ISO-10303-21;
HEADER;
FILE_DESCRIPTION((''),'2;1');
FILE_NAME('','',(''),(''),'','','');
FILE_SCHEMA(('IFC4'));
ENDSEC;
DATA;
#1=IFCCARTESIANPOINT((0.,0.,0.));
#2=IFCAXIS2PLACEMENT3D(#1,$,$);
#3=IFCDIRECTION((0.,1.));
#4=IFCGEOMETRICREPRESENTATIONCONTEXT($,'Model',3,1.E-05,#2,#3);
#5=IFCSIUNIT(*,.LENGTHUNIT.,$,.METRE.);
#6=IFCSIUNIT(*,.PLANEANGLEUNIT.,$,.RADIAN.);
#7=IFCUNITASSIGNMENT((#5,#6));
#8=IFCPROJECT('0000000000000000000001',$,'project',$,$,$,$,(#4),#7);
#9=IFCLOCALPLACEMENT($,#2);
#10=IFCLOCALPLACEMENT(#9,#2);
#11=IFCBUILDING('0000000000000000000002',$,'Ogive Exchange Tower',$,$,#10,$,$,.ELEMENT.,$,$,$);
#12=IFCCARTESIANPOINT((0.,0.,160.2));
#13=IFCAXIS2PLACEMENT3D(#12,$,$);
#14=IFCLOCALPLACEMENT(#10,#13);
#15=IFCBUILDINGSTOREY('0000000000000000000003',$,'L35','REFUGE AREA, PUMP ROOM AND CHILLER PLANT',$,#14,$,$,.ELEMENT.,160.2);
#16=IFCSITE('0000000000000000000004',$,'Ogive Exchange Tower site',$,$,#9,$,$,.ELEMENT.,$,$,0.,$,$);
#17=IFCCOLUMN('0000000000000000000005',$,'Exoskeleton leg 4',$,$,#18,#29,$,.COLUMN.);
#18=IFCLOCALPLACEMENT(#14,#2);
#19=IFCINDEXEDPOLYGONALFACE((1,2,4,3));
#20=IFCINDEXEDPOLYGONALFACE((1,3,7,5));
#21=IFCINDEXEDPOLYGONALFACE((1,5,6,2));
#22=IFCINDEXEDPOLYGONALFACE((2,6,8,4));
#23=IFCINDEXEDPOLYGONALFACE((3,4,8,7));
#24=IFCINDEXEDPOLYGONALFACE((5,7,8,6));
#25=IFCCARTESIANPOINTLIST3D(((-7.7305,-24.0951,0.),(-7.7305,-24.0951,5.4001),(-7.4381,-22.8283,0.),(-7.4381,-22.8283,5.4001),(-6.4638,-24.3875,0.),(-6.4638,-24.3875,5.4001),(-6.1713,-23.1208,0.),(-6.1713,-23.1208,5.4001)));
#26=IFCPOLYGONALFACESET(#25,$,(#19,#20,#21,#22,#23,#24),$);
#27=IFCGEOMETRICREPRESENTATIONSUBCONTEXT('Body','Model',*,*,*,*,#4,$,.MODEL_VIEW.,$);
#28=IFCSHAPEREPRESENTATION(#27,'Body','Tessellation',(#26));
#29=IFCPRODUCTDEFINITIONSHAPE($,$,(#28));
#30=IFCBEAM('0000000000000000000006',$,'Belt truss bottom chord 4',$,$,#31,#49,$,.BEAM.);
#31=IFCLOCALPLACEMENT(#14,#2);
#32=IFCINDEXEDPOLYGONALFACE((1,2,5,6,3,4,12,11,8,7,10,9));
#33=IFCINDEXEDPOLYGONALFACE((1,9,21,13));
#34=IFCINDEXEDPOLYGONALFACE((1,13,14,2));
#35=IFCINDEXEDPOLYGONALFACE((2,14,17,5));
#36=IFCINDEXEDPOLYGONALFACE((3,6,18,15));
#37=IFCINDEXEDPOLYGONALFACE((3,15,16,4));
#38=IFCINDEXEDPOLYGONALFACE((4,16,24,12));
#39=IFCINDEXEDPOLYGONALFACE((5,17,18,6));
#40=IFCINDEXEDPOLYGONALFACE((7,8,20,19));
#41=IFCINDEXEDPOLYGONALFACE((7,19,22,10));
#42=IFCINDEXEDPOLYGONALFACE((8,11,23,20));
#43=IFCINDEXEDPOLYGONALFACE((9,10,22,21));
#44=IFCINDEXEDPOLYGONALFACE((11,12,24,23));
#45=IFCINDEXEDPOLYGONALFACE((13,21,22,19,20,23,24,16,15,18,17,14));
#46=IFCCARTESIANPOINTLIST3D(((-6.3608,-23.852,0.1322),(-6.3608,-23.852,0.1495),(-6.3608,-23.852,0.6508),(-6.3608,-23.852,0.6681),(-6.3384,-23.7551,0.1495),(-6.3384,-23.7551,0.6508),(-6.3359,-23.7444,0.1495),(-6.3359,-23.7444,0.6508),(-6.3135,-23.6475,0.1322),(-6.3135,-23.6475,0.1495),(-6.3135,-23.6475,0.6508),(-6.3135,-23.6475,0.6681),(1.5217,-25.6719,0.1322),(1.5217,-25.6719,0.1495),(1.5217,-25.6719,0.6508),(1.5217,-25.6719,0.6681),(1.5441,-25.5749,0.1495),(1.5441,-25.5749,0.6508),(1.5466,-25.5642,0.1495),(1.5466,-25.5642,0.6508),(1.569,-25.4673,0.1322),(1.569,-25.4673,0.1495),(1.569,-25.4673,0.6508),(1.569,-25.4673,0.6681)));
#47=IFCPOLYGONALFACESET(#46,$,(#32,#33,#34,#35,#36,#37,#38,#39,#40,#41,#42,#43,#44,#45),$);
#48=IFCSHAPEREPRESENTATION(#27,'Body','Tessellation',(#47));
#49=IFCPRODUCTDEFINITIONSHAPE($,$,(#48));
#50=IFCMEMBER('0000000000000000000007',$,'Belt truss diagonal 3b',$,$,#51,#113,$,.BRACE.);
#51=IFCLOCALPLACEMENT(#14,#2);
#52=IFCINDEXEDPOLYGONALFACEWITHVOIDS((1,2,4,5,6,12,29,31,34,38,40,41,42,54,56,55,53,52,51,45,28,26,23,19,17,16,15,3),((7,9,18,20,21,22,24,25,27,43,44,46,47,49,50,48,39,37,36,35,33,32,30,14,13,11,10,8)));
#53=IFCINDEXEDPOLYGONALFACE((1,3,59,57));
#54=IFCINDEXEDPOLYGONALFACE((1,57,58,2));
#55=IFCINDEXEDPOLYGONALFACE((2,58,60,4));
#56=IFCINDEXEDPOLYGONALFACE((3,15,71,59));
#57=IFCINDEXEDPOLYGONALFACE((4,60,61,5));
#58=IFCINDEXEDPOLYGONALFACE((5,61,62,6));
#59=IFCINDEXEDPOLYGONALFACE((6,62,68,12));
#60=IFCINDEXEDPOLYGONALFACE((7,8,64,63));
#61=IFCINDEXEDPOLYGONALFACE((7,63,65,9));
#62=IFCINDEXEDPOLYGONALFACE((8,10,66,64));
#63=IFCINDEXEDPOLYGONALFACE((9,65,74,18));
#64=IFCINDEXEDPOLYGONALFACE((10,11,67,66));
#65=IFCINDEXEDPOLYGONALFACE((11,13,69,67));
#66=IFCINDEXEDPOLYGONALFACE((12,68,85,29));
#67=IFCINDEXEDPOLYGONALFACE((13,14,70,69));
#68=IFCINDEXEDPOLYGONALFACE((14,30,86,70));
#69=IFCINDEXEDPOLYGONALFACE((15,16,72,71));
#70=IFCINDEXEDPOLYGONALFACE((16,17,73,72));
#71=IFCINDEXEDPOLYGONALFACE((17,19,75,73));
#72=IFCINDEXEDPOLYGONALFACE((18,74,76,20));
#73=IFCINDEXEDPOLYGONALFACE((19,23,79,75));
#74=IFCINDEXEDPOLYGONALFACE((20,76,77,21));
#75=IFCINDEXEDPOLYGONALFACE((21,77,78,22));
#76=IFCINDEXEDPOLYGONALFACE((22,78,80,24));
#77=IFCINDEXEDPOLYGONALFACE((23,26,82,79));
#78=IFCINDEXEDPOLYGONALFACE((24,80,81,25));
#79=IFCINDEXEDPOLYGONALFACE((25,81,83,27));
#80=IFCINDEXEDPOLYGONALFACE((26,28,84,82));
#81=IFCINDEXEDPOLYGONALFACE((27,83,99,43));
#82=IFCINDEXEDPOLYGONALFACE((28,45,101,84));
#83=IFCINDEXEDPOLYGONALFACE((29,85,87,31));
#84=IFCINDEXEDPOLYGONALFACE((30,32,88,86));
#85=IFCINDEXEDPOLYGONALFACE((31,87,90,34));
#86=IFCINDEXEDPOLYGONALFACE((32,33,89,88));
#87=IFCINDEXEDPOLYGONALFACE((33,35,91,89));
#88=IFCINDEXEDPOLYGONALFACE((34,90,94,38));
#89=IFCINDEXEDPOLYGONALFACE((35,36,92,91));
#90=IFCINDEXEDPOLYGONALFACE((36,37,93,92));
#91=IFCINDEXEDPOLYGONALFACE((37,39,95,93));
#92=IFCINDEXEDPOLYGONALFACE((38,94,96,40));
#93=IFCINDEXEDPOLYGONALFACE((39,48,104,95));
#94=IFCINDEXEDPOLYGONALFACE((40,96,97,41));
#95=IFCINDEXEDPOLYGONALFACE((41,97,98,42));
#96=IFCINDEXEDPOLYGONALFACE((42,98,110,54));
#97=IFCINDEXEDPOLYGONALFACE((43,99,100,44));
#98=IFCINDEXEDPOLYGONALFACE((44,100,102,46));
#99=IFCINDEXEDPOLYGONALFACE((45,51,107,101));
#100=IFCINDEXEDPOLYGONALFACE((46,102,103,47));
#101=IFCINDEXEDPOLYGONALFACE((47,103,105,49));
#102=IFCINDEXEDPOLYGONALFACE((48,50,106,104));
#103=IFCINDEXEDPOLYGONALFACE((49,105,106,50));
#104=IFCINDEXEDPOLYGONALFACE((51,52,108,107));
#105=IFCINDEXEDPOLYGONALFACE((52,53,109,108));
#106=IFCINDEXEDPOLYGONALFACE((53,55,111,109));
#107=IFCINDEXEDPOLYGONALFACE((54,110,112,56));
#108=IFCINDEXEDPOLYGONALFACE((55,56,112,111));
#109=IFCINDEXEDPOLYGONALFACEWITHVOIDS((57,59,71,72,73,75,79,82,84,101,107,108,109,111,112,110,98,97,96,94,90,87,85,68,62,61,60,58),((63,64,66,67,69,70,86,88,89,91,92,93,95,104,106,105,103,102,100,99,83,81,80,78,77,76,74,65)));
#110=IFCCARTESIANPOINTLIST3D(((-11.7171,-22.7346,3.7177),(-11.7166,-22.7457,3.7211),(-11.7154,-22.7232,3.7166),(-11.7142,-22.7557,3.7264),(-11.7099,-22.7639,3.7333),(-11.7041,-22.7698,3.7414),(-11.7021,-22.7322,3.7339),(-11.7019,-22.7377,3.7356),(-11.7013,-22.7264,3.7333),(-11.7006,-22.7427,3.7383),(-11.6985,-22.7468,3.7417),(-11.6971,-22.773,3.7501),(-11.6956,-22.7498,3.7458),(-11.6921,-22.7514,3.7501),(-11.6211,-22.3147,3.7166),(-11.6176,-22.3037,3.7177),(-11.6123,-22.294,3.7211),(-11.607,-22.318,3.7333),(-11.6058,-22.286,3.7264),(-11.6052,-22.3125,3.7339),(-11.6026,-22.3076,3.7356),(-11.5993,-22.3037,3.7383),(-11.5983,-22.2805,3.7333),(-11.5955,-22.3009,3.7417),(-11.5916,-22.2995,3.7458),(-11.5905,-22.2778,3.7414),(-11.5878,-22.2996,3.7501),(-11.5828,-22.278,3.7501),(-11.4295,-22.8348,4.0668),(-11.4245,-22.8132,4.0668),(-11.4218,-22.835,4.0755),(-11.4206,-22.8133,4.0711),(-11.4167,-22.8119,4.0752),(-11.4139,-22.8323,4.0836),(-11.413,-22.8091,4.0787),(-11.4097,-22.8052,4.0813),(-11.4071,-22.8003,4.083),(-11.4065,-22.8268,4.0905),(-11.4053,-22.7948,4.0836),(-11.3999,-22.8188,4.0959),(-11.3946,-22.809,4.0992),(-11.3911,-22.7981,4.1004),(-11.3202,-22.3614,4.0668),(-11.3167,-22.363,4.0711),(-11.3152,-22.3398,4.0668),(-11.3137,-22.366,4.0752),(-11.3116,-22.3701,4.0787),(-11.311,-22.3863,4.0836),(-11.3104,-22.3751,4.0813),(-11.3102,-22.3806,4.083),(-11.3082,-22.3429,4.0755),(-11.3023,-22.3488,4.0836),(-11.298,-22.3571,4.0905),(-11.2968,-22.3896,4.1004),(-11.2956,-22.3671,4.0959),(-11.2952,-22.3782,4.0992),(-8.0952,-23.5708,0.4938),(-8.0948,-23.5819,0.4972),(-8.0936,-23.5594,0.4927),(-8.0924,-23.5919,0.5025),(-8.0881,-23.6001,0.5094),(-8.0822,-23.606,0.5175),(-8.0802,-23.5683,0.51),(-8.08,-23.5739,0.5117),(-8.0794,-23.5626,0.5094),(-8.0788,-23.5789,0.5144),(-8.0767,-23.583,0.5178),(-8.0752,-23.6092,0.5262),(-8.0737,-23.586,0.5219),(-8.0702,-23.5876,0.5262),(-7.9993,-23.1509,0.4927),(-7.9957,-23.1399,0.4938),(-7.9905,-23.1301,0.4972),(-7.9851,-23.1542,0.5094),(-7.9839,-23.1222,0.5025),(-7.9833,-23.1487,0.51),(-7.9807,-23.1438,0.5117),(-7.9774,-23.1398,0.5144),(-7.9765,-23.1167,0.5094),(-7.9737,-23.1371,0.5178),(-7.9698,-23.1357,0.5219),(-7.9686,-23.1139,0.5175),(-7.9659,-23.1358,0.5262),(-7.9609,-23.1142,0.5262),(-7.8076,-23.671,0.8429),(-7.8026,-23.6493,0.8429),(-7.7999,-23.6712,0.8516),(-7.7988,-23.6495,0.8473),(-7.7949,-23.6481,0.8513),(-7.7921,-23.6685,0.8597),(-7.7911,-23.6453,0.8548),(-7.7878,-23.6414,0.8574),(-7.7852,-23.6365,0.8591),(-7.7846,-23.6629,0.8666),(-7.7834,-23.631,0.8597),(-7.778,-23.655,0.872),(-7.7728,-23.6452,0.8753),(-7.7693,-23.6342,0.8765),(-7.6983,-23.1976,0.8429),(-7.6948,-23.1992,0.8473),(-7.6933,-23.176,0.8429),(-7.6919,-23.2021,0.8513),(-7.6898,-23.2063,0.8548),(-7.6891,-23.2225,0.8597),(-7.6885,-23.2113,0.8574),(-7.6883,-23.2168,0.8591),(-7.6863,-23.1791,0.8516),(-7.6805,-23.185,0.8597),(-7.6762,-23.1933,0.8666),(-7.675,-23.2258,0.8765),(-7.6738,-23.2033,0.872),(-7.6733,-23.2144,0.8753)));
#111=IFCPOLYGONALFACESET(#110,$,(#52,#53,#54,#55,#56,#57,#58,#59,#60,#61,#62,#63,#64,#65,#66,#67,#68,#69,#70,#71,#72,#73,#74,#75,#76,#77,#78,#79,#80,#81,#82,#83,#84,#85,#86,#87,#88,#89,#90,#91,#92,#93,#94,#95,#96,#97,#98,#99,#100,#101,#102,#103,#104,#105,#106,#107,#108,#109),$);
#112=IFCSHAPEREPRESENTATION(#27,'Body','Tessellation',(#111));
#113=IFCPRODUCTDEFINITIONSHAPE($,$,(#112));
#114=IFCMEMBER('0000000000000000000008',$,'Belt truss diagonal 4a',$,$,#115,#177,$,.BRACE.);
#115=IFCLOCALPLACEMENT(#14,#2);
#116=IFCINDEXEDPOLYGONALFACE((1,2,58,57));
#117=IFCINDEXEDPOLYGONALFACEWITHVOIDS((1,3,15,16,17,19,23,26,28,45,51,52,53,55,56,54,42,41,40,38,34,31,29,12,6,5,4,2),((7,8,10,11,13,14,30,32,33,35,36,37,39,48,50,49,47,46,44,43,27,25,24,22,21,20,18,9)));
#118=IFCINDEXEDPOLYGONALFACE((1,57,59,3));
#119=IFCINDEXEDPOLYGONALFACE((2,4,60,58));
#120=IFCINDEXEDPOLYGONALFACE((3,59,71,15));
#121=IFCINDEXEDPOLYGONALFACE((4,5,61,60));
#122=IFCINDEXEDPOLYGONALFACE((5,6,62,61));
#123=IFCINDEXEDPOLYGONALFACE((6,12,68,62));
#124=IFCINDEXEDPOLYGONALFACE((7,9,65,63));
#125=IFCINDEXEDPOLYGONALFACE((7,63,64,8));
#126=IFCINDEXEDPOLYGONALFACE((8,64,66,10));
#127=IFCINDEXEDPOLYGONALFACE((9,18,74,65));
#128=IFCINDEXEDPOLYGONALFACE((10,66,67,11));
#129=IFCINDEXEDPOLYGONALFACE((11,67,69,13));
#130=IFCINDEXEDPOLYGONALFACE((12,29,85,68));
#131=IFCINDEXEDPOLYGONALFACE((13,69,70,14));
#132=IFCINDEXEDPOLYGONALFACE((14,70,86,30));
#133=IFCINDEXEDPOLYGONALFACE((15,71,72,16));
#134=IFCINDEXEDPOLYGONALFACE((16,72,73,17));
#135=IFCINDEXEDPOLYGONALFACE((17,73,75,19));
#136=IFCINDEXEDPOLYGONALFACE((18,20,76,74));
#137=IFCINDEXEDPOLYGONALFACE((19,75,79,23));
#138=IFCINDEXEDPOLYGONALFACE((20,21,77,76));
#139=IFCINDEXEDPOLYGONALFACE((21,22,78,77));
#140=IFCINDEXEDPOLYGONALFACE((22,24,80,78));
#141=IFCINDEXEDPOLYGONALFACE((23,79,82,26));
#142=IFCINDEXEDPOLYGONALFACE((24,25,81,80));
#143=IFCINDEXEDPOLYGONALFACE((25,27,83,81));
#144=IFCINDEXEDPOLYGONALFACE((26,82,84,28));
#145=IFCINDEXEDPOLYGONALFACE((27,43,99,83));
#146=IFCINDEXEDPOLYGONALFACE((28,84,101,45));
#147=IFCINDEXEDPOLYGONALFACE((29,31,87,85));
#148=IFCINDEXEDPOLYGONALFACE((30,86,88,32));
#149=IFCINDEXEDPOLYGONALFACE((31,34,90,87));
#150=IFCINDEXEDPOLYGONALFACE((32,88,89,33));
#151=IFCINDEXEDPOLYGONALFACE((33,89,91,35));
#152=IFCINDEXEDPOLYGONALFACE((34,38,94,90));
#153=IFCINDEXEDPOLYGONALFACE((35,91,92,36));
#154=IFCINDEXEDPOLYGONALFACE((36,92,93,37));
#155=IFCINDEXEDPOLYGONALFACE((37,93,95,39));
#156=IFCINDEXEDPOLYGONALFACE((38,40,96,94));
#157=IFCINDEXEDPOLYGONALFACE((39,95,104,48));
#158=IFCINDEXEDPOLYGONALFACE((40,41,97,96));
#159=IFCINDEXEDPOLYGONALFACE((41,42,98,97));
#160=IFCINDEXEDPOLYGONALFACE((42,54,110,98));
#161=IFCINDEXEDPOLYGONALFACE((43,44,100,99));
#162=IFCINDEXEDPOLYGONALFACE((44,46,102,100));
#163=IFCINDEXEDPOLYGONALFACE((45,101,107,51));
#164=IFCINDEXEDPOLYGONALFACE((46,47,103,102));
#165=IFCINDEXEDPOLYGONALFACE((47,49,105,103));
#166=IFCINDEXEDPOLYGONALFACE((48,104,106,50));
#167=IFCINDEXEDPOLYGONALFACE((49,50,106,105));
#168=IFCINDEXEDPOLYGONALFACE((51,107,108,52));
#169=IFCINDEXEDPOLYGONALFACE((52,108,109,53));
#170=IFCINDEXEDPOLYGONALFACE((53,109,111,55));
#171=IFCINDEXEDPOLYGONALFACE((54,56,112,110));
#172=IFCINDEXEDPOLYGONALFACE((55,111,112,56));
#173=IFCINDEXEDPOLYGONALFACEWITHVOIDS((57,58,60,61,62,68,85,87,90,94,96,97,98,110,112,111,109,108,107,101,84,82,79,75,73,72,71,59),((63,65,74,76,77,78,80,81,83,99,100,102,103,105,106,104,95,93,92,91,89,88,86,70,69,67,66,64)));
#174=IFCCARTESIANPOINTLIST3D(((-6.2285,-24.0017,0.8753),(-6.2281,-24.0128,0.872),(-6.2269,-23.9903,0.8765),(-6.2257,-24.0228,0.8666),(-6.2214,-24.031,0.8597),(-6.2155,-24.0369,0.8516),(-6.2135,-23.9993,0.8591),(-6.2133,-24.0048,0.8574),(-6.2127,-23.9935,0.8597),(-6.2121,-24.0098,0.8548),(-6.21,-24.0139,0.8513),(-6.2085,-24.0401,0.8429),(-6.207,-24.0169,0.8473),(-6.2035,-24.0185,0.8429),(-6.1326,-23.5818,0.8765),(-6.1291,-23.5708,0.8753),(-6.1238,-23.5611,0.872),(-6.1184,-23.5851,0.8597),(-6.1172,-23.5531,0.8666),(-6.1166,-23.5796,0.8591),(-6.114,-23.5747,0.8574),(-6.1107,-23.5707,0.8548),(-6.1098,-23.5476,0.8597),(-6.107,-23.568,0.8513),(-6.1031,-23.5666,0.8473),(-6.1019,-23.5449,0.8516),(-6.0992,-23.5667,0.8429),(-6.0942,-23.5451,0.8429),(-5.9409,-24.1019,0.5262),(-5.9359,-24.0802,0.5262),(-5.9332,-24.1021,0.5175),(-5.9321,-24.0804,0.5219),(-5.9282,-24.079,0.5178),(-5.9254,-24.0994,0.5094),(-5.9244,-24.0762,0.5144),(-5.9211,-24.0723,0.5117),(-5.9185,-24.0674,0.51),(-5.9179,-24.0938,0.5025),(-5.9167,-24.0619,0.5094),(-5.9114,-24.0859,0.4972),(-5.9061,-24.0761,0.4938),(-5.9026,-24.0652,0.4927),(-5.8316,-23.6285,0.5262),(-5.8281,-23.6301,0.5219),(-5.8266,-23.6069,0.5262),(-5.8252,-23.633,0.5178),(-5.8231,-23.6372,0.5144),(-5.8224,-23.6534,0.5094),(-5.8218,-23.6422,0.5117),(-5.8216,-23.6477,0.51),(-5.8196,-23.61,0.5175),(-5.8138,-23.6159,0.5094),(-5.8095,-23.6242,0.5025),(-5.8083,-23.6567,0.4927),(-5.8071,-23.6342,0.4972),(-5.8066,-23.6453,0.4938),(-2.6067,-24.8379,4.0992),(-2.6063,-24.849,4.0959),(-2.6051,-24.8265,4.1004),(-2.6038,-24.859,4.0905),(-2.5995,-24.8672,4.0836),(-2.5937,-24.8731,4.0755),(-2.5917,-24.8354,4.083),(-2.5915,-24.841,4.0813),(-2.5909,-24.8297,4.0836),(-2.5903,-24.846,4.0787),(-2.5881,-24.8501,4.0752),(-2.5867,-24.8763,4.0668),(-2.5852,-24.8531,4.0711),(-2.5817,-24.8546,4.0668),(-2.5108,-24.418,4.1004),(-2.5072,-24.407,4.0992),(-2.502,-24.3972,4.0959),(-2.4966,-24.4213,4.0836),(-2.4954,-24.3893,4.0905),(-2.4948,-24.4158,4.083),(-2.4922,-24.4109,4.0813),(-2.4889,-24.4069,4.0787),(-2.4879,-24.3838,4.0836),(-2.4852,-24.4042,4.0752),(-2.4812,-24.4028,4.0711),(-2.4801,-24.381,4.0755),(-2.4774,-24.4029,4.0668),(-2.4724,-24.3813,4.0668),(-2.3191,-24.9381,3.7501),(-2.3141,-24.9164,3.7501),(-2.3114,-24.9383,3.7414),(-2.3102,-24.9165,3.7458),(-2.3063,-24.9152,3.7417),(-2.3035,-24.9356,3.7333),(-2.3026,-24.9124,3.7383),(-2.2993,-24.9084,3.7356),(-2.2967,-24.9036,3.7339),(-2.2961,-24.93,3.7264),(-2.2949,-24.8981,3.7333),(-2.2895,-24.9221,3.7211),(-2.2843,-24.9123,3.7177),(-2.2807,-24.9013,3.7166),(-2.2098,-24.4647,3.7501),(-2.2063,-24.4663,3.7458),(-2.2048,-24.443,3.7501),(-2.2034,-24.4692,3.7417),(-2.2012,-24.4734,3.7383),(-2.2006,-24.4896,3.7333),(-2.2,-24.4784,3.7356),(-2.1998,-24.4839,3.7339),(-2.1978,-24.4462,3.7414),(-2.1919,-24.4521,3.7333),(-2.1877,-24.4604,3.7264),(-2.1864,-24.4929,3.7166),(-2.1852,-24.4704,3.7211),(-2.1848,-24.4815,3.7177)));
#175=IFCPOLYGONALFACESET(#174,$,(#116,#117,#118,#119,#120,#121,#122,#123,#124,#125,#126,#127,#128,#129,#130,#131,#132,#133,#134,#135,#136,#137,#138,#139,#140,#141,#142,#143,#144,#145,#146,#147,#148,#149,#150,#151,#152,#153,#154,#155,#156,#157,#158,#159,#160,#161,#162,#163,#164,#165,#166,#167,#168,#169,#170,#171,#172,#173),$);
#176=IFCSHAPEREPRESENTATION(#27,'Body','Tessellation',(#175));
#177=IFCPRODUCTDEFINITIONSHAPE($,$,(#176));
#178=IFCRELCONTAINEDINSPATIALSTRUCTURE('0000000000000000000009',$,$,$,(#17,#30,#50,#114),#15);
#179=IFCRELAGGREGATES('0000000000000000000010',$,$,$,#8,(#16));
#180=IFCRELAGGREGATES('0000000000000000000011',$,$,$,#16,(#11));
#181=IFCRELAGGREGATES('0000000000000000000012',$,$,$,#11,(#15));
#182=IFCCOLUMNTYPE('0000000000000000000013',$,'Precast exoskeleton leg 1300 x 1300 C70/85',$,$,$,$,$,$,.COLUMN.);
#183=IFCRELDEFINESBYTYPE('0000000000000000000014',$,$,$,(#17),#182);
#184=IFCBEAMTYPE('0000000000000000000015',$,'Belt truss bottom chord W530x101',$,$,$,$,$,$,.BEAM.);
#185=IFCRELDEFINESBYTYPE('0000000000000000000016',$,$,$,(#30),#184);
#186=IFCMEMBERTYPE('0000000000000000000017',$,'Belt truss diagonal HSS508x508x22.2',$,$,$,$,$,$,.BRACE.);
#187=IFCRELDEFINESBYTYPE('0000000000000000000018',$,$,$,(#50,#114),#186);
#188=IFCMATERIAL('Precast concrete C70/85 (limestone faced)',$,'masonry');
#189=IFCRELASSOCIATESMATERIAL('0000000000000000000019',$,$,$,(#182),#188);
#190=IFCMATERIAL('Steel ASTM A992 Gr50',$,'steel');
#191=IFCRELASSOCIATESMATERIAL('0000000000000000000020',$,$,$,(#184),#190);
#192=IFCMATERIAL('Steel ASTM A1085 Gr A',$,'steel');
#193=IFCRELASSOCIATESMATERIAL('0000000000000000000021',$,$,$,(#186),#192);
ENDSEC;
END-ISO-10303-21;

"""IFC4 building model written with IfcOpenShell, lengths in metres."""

from ifc_helpers import new_model, si_unit, direction, frame, origin, origin_2d, place, context, subcontext, project, spatial, rectangle, hollow_rectangle, i_section, extrude, material, material_profile, profile_set, type_object, element, save


model = new_model("IFC4")

# Units and contexts
model_context = context("Model", 3, precision=1e-05, world=origin(), true_north=direction((0.0, 1.0)))
body_context = subcontext(model_context, "Body", "Model", "MODEL_VIEW")
ifc_project = project(units=[si_unit("LENGTHUNIT", "METRE"), si_unit("PLANEANGLEUNIT", "RADIAN")], contexts=[model_context])

# Site, building, storey
site_placement = place(None, origin())
site = spatial("IfcSite", under=ifc_project, at=site_placement, Name="Ogive Exchange Tower site", CompositionType="ELEMENT", RefElevation=0.0)
building_placement = place(site_placement, origin())
building = spatial("IfcBuilding", under=site, at=building_placement, Name="Ogive Exchange Tower", CompositionType="ELEMENT")
storey_placement = place(building_placement, frame((0.0, 0.0, 160.2)))
storey = spatial("IfcBuildingStorey", under=building, at=storey_placement, Name="L35", Description="REFUGE AREA, PUMP ROOM AND CHILLER PLANT", CompositionType="ELEMENT", Elevation=160.2)

# Column
ifc_material_1 = material(Name="Precast concrete C70/85 (limestone faced)", Category="masonry")
ifc_material_profile_1 = material_profile(ifc_material_1, rectangle(XDim=1.3, YDim=1.3, at=origin_2d()), Name="1300 x 1300")
ifc_profile_set_1 = profile_set([ifc_material_profile_1], Name="Precast concrete C70/85 (limestone faced)")
column_type = type_object("IfcColumnType", Name="Precast exoskeleton leg 1300 x 1300 C70/85", PredefinedType="COLUMN", material=ifc_profile_set_1)
column_placement = place(storey_placement, frame((-6.9509, -23.6079, 0.0), z_axis=(0.0, 0.0, 1.0), x_axis=(0.97437, -0.224951, 0.0)))
element("IfcColumn", 1, at=column_placement, inside=storey, type_object=column_type, Name="Exoskeleton leg 4", PredefinedType="COLUMN", context=body_context, shape_type="SweptSolid", body=[
    extrude(rectangle(XDim=1.3, YDim=1.3, at=origin_2d()), origin(), (0.0, 0.0, 1.0), 5.4001),
])

# Beam
ifc_material_2 = material(Name="Steel ASTM A992 Gr50", Category="steel")
ifc_material_profile_2 = material_profile(ifc_material_2, i_section(OverallWidth=0.21, OverallDepth=0.5359, WebThickness=0.011, FlangeThickness=0.0173, at=origin_2d()), Name="W530x101")
ifc_profile_set_2 = profile_set([ifc_material_profile_2], Name="Steel ASTM A992 Gr50")
beam_type_1 = type_object("IfcBeamType", Name="Belt truss bottom chord W530x101", PredefinedType="BEAM", material=ifc_profile_set_2)
beam_1_placement = place(storey_placement, frame((-6.3372, -23.7498, 0.4001), z_axis=(0.97437, -0.22495, 0.0), x_axis=(0.22495, 0.97437, 0.0)))
element("IfcBeam", 2, at=beam_1_placement, inside=storey, type_object=beam_type_1, Name="Belt truss bottom chord 4", PredefinedType="BEAM", context=body_context, shape_type="SweptSolid", body=[
    extrude(i_section(OverallWidth=0.21, OverallDepth=0.5359, WebThickness=0.011, FlangeThickness=0.0173, at=origin_2d()), origin(), (0.0, 0.0, 1.0), 8.0898),
])

# Members
ifc_material_3 = material(Name="Steel ASTM A1085 Gr A", Category="steel")
ifc_material_profile_3 = material_profile(ifc_material_3, hollow_rectangle(XDim=0.5081, YDim=0.5081, WallThickness=0.0222, InnerFilletRadius=0.0222, OuterFilletRadius=0.0444, at=origin_2d()), Name="HSS508x508x22.2")
ifc_profile_set_3 = profile_set([ifc_material_profile_3], Name="Steel ASTM A1085 Gr A")
member_type_1 = type_object("IfcMemberType", Name="Belt truss diagonal HSS508x508x22.2", PredefinedType="BRACE", material=ifc_profile_set_3)
for number, where, z_axis, x_axis, name in (
    (3, (-7.8843, -23.3926, 0.6846), (-0.736086, 0.169942, 0.655208), (-0.224955, -0.974369, 0.0), "Belt truss diagonal 3b"),
    (4, (-6.0176, -23.8235, 0.6846), (0.736086, -0.169942, 0.655208), (0.224955, 0.974369, 0.0), "Belt truss diagonal 4a"),
):
    element("IfcMember", number, at=place(storey_placement, frame(where, z_axis=z_axis, x_axis=x_axis)), inside=storey, type_object=member_type_1, Name=name, PredefinedType="BRACE", context=body_context, shape_type="SweptSolid", body=[
        extrude(hollow_rectangle(XDim=0.5081, YDim=0.5081, WallThickness=0.0222, InnerFilletRadius=0.0222, OuterFilletRadius=0.0444, at=origin_2d()), origin(), (0.0, 0.0, 1.0), 4.9204),
    ])

save(model, "model.ifc")
